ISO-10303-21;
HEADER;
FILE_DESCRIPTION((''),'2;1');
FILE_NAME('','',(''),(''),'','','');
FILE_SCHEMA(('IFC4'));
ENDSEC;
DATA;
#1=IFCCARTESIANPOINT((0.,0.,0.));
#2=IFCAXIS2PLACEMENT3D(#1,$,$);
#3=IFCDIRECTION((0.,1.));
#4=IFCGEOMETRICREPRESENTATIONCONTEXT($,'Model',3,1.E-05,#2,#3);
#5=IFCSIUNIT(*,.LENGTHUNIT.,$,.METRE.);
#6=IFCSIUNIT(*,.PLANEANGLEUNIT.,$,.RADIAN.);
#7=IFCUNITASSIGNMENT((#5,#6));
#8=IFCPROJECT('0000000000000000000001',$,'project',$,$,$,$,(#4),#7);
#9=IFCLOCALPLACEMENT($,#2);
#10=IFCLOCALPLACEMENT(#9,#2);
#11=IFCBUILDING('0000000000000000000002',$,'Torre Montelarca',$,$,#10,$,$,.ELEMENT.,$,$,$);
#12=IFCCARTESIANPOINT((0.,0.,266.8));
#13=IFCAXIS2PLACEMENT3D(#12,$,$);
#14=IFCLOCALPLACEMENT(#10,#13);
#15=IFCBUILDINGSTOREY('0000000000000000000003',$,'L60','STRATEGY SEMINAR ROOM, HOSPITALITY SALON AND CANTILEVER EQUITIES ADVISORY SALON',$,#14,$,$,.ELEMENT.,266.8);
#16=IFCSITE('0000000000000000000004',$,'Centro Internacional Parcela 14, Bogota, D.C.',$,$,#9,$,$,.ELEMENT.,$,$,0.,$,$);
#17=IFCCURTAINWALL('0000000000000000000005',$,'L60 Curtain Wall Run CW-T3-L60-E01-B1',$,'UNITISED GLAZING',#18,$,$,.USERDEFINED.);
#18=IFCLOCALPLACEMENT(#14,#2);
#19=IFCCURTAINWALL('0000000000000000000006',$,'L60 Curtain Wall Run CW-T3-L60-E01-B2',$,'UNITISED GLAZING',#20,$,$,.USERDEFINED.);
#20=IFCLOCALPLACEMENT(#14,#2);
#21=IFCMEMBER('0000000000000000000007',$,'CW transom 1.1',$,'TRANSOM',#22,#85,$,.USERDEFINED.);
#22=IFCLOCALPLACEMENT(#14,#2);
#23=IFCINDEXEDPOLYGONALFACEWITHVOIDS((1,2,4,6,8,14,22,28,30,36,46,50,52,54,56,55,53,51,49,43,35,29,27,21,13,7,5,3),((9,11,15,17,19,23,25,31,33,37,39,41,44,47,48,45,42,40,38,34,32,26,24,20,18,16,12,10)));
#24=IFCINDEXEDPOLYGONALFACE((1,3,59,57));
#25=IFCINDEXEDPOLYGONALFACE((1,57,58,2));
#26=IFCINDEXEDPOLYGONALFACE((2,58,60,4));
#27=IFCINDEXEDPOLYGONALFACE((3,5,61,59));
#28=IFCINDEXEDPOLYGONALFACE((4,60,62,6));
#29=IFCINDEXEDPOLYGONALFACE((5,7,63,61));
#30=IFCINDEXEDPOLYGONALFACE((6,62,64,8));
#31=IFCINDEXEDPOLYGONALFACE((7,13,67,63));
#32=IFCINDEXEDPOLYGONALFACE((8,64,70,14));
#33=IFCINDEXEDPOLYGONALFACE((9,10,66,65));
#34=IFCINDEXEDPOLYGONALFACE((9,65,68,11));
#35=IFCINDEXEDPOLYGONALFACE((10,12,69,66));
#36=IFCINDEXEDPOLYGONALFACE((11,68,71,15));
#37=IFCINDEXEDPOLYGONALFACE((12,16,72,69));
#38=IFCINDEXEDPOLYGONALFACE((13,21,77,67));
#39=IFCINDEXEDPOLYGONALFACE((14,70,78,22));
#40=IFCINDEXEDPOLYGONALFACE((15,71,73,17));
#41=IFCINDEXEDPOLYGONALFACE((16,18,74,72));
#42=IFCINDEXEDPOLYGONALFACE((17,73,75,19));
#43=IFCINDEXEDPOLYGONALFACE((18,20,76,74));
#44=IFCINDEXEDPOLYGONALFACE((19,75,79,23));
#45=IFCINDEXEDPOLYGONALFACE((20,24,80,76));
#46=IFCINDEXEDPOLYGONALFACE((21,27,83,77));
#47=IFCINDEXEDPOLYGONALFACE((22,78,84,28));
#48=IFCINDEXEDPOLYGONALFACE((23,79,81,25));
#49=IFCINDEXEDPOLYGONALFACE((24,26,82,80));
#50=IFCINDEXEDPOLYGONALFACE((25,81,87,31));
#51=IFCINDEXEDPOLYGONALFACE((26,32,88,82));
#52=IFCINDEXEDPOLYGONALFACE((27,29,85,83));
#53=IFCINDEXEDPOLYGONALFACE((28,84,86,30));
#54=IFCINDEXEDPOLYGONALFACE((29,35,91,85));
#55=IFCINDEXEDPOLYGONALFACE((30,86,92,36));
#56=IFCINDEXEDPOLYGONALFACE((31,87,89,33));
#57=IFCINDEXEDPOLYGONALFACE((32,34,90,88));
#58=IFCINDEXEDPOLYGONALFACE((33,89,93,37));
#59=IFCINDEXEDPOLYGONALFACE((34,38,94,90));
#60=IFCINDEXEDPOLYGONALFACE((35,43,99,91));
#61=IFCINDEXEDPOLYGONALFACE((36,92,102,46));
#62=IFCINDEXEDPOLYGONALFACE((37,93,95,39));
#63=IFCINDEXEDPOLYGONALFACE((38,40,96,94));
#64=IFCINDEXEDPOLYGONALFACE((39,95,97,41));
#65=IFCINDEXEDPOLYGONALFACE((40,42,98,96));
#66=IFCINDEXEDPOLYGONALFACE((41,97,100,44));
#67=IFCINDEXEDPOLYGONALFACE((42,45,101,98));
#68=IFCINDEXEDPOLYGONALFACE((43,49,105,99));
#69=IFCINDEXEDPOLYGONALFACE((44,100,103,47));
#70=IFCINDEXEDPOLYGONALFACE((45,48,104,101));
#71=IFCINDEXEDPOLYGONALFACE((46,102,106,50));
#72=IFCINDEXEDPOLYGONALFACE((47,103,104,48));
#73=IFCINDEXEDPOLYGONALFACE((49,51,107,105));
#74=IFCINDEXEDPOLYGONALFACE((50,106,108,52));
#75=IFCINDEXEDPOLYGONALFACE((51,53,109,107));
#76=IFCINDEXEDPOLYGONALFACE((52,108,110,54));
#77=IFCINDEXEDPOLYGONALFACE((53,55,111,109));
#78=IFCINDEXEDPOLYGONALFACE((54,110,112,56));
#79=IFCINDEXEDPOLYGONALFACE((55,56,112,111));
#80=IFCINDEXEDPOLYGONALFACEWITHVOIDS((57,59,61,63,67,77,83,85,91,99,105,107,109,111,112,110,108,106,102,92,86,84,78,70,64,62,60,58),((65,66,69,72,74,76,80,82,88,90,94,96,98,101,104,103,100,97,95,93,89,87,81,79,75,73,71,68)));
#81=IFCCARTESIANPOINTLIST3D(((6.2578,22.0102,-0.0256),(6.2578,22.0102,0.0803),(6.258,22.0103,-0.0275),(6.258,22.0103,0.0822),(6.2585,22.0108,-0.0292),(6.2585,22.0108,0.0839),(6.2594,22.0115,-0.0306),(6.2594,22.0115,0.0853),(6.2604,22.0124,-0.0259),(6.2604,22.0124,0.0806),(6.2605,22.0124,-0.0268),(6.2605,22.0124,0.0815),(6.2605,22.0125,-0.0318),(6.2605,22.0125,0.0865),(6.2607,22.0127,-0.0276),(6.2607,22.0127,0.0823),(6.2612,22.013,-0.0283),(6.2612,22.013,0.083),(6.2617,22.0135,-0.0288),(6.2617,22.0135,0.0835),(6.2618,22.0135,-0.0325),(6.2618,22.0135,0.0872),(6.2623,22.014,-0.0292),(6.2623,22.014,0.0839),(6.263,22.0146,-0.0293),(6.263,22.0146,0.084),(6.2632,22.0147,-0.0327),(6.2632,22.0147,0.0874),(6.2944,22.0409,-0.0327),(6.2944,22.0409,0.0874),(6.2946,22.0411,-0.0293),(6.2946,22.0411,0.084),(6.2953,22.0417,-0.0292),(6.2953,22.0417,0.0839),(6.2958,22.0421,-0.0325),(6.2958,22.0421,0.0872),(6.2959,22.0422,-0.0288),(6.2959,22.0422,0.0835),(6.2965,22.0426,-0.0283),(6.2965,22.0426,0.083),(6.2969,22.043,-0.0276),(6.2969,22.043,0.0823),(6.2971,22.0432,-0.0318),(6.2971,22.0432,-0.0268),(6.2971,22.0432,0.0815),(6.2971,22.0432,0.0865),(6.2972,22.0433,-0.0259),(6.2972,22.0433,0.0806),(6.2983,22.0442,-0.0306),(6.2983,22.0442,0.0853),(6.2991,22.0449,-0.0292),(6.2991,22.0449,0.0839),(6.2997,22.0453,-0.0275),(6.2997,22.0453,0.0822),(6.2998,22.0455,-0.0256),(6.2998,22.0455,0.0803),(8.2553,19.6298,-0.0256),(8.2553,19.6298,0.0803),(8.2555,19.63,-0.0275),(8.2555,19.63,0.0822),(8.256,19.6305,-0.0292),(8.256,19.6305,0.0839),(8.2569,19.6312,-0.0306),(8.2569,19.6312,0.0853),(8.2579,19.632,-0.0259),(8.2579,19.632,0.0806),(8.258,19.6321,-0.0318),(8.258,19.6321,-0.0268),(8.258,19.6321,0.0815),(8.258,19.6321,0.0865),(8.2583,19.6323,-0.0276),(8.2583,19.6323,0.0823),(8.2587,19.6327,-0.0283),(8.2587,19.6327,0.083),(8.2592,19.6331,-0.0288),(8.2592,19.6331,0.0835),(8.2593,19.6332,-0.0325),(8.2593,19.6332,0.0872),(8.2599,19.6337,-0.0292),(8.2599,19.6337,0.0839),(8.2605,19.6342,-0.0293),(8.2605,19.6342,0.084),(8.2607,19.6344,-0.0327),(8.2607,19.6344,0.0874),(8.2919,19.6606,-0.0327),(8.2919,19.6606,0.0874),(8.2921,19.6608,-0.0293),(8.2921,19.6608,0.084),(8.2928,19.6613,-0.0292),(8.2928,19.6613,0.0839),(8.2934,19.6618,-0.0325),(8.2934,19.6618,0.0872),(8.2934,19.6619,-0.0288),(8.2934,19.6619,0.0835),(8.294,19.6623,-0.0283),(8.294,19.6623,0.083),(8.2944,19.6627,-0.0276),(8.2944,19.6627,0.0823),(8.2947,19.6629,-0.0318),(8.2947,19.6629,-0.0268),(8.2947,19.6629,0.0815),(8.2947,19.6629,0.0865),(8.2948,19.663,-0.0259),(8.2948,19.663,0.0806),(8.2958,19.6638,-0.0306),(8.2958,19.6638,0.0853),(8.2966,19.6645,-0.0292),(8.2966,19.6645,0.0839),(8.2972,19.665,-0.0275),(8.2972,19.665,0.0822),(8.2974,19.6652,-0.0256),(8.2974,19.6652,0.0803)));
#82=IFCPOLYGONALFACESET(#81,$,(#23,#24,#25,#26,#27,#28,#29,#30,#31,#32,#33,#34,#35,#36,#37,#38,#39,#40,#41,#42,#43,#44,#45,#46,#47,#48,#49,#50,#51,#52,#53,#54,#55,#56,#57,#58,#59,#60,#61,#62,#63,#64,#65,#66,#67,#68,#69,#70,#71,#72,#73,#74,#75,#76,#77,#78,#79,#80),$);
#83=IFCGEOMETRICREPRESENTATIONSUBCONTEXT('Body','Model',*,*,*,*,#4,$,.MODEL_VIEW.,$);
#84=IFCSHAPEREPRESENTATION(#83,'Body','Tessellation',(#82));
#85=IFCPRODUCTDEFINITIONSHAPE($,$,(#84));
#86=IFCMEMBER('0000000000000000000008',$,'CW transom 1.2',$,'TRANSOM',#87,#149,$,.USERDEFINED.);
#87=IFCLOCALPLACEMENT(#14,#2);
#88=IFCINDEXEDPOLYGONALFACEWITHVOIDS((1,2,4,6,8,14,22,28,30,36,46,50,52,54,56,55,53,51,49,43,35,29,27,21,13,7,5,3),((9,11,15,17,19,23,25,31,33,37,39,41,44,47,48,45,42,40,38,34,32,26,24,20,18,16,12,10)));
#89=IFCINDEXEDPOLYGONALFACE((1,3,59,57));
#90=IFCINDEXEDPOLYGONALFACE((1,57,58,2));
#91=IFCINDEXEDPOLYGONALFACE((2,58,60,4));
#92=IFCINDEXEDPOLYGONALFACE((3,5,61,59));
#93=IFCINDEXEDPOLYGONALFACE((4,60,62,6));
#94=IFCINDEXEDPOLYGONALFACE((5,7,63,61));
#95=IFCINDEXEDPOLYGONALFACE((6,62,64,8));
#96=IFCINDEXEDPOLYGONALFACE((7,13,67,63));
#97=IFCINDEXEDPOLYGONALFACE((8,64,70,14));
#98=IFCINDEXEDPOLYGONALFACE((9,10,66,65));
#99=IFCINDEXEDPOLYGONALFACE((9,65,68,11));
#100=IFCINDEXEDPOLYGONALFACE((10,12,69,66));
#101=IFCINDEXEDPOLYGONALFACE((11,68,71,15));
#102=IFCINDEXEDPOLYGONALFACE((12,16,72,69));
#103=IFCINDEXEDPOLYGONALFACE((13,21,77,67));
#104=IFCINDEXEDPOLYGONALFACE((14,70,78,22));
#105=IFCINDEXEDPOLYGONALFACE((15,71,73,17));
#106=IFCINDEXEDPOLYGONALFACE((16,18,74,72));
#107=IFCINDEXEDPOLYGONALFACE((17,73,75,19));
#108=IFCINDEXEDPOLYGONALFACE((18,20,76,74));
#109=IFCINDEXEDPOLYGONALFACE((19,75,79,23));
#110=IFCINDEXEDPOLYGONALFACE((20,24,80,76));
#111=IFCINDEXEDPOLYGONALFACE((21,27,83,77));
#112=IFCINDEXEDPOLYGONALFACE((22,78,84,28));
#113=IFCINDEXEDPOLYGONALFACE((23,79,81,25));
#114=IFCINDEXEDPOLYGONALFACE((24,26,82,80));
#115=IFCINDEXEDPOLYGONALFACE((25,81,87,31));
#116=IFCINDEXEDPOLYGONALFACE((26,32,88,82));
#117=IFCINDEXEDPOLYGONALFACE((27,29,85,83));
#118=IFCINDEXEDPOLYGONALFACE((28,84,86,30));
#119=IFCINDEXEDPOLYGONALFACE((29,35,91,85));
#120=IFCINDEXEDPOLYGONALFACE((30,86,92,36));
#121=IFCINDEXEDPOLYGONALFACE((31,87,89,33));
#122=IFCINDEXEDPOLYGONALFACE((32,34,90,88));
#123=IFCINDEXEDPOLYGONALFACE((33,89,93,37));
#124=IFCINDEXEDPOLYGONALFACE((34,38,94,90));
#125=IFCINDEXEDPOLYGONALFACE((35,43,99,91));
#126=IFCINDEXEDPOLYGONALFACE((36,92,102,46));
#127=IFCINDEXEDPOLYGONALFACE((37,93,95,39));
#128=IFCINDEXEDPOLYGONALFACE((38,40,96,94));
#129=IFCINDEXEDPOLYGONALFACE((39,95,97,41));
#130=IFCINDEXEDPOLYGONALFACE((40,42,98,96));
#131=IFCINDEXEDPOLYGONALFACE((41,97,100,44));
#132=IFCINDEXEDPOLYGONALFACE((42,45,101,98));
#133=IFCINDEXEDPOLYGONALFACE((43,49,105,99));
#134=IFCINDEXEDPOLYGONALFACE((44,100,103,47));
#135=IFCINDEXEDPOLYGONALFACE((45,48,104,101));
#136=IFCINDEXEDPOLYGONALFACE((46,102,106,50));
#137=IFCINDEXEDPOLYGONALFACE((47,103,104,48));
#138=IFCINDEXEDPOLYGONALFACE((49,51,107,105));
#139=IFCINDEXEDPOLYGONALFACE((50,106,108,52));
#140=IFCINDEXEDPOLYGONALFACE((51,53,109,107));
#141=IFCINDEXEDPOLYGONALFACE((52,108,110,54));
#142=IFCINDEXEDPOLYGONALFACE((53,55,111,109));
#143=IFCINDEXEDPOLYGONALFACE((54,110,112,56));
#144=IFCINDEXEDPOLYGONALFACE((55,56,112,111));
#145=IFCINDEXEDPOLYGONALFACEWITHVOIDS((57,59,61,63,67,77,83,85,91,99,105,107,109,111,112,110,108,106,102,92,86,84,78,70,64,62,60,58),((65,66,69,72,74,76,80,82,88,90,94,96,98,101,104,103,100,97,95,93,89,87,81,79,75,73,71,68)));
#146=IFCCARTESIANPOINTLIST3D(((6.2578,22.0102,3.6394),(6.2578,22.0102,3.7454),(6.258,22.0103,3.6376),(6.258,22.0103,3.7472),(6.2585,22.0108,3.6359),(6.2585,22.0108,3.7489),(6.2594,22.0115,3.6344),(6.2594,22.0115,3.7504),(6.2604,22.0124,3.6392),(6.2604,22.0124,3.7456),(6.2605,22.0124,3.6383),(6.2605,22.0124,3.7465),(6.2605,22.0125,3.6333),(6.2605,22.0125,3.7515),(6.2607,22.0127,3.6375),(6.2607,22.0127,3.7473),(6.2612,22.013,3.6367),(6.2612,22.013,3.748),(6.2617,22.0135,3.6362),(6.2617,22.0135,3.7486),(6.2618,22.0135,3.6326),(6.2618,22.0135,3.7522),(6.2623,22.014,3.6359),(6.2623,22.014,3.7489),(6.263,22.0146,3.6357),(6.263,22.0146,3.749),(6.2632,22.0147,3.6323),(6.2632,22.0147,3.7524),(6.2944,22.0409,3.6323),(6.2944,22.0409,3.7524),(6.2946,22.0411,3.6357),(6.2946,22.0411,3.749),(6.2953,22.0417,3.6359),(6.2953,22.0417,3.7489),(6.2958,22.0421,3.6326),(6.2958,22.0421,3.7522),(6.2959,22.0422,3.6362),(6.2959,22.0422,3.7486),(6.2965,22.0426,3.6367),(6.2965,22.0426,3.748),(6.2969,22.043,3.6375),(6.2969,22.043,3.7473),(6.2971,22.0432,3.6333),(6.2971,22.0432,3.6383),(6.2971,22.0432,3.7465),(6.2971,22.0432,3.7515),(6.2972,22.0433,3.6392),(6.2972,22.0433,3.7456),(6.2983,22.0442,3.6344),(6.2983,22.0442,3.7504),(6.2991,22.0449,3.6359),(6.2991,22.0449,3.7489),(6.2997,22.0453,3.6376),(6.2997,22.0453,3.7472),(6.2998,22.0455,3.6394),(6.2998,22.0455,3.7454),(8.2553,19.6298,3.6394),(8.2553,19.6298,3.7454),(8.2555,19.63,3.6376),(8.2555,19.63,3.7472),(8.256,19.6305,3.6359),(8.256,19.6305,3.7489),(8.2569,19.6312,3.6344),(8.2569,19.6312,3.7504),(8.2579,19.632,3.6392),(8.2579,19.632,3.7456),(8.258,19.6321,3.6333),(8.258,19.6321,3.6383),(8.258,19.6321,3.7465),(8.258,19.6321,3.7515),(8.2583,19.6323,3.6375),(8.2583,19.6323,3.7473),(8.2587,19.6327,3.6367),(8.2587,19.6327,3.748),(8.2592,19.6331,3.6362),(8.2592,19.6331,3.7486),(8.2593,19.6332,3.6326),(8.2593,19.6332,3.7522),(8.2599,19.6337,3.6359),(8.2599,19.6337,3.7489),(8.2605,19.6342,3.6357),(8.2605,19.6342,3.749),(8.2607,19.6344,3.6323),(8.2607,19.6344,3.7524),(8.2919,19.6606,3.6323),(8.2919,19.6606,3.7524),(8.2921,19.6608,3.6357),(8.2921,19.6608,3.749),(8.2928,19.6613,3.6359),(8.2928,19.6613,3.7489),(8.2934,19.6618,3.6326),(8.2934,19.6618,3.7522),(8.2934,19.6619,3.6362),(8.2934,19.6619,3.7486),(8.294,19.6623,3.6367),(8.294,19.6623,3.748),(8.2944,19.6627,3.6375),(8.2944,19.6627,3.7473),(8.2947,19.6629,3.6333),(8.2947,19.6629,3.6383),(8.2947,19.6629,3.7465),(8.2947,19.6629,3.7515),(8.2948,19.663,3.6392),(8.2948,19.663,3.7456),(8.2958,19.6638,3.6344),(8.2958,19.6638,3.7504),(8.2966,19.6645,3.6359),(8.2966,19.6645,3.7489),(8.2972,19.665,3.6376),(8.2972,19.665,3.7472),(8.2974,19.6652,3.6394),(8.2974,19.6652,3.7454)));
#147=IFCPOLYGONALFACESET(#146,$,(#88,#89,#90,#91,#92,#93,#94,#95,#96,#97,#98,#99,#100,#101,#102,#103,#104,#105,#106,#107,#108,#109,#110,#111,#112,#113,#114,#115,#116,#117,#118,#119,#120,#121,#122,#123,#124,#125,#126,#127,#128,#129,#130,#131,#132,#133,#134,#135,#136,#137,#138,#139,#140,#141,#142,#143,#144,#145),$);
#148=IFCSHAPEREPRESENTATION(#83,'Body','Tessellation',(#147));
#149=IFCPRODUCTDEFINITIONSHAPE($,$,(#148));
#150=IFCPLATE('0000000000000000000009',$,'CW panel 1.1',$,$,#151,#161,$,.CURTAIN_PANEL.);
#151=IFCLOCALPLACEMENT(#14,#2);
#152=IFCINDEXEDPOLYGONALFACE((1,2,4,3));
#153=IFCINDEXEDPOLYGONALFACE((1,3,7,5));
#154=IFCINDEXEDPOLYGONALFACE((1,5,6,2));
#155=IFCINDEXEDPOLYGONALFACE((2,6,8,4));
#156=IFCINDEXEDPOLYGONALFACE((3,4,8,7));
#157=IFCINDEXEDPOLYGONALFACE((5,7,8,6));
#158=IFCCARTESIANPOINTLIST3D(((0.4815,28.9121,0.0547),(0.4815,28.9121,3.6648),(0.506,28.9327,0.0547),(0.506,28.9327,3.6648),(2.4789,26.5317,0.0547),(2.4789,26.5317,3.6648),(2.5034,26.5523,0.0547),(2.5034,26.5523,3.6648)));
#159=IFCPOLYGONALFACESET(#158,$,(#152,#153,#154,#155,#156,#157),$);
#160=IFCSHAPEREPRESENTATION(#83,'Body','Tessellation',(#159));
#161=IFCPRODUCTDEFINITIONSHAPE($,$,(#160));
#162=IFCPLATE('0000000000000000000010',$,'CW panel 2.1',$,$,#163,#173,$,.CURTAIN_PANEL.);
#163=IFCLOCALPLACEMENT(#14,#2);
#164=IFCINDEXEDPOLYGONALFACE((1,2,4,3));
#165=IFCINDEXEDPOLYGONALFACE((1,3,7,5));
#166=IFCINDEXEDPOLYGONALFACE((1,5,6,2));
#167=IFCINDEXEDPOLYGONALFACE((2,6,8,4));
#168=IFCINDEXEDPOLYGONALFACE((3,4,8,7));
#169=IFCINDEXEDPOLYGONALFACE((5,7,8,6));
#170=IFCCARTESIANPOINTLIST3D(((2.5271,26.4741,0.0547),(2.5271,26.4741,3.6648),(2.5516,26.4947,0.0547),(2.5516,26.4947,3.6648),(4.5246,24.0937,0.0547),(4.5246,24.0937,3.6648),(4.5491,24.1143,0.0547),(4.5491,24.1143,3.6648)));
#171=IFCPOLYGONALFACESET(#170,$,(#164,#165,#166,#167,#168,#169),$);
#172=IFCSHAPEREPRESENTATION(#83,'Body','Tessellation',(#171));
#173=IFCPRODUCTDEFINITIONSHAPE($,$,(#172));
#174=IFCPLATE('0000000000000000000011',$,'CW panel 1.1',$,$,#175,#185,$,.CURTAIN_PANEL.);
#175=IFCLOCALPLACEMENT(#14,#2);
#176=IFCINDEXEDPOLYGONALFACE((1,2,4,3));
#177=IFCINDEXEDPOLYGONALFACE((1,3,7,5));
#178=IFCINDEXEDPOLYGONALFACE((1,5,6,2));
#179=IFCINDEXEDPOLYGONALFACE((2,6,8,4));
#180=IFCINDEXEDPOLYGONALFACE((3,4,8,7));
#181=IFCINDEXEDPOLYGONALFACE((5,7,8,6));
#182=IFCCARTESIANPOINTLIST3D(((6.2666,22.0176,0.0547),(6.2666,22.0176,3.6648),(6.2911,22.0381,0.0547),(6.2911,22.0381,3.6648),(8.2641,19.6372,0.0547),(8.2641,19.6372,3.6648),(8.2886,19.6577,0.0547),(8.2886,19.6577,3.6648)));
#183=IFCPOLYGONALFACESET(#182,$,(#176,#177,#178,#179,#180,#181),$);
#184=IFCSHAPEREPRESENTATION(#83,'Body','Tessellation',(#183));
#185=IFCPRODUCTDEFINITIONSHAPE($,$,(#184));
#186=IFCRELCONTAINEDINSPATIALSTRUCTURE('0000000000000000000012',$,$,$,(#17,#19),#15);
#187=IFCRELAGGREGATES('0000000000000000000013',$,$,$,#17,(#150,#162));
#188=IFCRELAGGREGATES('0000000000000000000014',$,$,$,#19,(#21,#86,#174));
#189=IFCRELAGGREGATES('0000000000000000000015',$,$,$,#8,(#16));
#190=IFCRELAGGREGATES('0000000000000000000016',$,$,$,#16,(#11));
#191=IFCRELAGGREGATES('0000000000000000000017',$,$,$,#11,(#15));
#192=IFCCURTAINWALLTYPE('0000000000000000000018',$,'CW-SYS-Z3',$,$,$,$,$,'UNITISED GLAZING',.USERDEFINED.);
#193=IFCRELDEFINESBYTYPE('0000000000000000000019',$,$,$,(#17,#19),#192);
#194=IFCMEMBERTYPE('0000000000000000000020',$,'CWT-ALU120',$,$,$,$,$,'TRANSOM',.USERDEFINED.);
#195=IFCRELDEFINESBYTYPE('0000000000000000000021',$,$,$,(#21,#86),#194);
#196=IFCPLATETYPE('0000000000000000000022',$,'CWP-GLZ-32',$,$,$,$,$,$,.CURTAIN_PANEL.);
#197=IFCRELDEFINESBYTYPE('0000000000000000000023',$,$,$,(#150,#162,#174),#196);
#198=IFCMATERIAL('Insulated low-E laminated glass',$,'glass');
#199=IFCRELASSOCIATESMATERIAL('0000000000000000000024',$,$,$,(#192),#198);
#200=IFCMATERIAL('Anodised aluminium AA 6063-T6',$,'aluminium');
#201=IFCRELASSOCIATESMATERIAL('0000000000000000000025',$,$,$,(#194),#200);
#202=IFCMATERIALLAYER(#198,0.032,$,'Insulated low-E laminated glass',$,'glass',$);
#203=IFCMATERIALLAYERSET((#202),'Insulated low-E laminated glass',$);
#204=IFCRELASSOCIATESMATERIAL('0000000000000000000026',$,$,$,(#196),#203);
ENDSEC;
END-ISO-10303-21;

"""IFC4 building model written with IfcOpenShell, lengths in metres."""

from ifc_helpers import new_model, si_unit, direction, frame, origin, origin_2d, place, context, subcontext, project, spatial, rectangle, hollow_rectangle, extrude, source, transform, mapped, material, layer, layer_set, material_profile, profile_set, type_object, element, aggregate, save


model = new_model("IFC4")

# Units and contexts
model_context = context("Model", 3, precision=1e-05, world=origin(), true_north=direction((0.0, 1.0)))
body_context = subcontext(model_context, "Body", "Model", "MODEL_VIEW")
ifc_project = project(units=[si_unit("LENGTHUNIT", "METRE"), si_unit("PLANEANGLEUNIT", "RADIAN")], contexts=[model_context])

# Site, building, storey
site_placement = place(None, origin())
site = spatial("IfcSite", under=ifc_project, at=site_placement, Name="Centro Internacional Parcela 14, Bogota, D.C.", CompositionType="ELEMENT", RefElevation=0.0)
building_placement = place(site_placement, origin())
building = spatial("IfcBuilding", under=site, at=building_placement, Name="Torre Montelarca", CompositionType="ELEMENT")
storey_placement = place(building_placement, frame((0.0, 0.0, 266.8)))
storey = spatial("IfcBuildingStorey", under=building, at=storey_placement, Name="L60", Description="STRATEGY SEMINAR ROOM, HOSPITALITY SALON AND CANTILEVER EQUITIES ADVISORY SALON", CompositionType="ELEMENT", Elevation=266.8)

# Curtain wall
ifc_material_1 = material(Name="Insulated low-E laminated glass", Category="glass")
curtain_wall_type = type_object("IfcCurtainWallType", Name="CW-SYS-Z3", ElementType="UNITISED GLAZING", PredefinedType="USERDEFINED", material=ifc_material_1)
curtain_wall_1_placement = place(storey_placement, origin())
curtain_wall_1 = element("IfcCurtainWall", 1, at=curtain_wall_1_placement, inside=storey, type_object=curtain_wall_type, Name="L60 Curtain Wall Run CW-T3-L60-E01-B1", ObjectType="UNITISED GLAZING", PredefinedType="USERDEFINED")
ifc_material_2 = material(Name="Anodised aluminium AA 6063-T6", Category="aluminium")

# Curtain wall
curtain_wall_2_placement = place(storey_placement, origin())
curtain_wall_2 = element("IfcCurtainWall", 2, at=curtain_wall_2_placement, inside=storey, type_object=curtain_wall_type, Name="L60 Curtain Wall Run CW-T3-L60-E01-B2", ObjectType="UNITISED GLAZING", PredefinedType="USERDEFINED")

# Members
ifc_material_profile_1 = material_profile(ifc_material_2, hollow_rectangle(XDim=0.0549, YDim=0.1201, WallThickness=0.0034, InnerFilletRadius=0.0034, OuterFilletRadius=0.0071, at=origin_2d()), Name="ALU55X120X3.5", Category="aluminium")
ifc_profile_set_1 = profile_set([ifc_material_profile_1], Name="Anodised aluminium AA 6063-T6")
member_type_1 = type_object("IfcMemberType", Name="CWT-ALU120", ElementType="TRANSOM", PredefinedType="USERDEFINED", material=ifc_profile_set_1)
shared_shape_1 = source(origin(), body_context, "Body", "SweptSolid", [
    extrude(hollow_rectangle(XDim=0.0549, YDim=0.1201, WallThickness=0.0034, InnerFilletRadius=0.0034, OuterFilletRadius=0.0071, at=origin_2d()), origin(), (0.0, 0.0, 1.0), 3.1074),
])
member_1_placement = place(storey_placement, frame((6.2788, 22.0278, 0.0273), z_axis=(0.642824, -0.766014, 0.0), x_axis=(0.766014, 0.642824, 0.0)))
member_1 = element("IfcMember", 3, at=member_1_placement, type_object=member_type_1, Name="CW transom 1.1", ObjectType="TRANSOM", PredefinedType="USERDEFINED", context=body_context, shape_type="MappedRepresentation", body=[
    mapped(shared_shape_1, transform((0.0, 0.0, 0.0), scale=1.0)),
])
member_2_placement = place(storey_placement, frame((6.2788, 22.0278, 3.6924), z_axis=(0.642824, -0.766014, 0.0), x_axis=(0.766014, 0.642824, 0.0)))
member_2 = element("IfcMember", 4, at=member_2_placement, type_object=member_type_1, Name="CW transom 1.2", ObjectType="TRANSOM", PredefinedType="USERDEFINED", context=body_context, shape_type="MappedRepresentation", body=[
    mapped(shared_shape_1, transform((0.0, 0.0, 0.0), scale=1.0)),
])

# Plates
ifc_layer_1 = layer(ifc_material_1, 0.032, Name="Insulated low-E laminated glass", Category="glass")
ifc_layer_set_1 = layer_set([ifc_layer_1], Name="Insulated low-E laminated glass")
plate_type = type_object("IfcPlateType", Name="CWP-GLZ-32", PredefinedType="CURTAIN_PANEL", material=ifc_layer_set_1)
shared_shape_2 = source(origin(), body_context, "Body", "SweptSolid", [
    extrude(rectangle(XDim=3.1074, YDim=0.032, at=origin_2d()), origin(), (0.0, 0.0, 1.0), 3.6101),
])
plate_1_placement = place(storey_placement, frame((1.4924, 27.7322, 0.0547), z_axis=(0.0, 0.0, 1.0), x_axis=(0.642794, -0.766039, 0.0)))
plate_1 = element("IfcPlate", 5, at=plate_1_placement, type_object=plate_type, Name="CW panel 1.1", PredefinedType="CURTAIN_PANEL", context=body_context, shape_type="MappedRepresentation", body=[
    mapped(shared_shape_2, transform((0.0, 0.0, 0.0), scale=1.0)),
])
plate_2_placement = place(storey_placement, frame((3.5381, 25.2942, 0.0547), z_axis=(0.0, 0.0, 1.0), x_axis=(0.642794, -0.766039, 0.0)))
plate_2 = element("IfcPlate", 6, at=plate_2_placement, type_object=plate_type, Name="CW panel 2.1", PredefinedType="CURTAIN_PANEL", context=body_context, shape_type="MappedRepresentation", body=[
    mapped(shared_shape_2, transform((0.0, 0.0, 0.0), scale=1.0)),
])
aggregate(curtain_wall_1, [plate_1, plate_2])
plate_3_placement = place(storey_placement, frame((7.2776, 20.8376, 0.0547), z_axis=(0.0, 0.0, 1.0), x_axis=(0.642794, -0.766039, 0.0)))
plate_3 = element("IfcPlate", 7, at=plate_3_placement, type_object=plate_type, Name="CW panel 1.1", PredefinedType="CURTAIN_PANEL", context=body_context, shape_type="MappedRepresentation", body=[
    mapped(shared_shape_2, transform((0.0, 0.0, 0.0), scale=1.0)),
])
aggregate(curtain_wall_2, [member_1, member_2, plate_3])

save(model, "model.ifc")
